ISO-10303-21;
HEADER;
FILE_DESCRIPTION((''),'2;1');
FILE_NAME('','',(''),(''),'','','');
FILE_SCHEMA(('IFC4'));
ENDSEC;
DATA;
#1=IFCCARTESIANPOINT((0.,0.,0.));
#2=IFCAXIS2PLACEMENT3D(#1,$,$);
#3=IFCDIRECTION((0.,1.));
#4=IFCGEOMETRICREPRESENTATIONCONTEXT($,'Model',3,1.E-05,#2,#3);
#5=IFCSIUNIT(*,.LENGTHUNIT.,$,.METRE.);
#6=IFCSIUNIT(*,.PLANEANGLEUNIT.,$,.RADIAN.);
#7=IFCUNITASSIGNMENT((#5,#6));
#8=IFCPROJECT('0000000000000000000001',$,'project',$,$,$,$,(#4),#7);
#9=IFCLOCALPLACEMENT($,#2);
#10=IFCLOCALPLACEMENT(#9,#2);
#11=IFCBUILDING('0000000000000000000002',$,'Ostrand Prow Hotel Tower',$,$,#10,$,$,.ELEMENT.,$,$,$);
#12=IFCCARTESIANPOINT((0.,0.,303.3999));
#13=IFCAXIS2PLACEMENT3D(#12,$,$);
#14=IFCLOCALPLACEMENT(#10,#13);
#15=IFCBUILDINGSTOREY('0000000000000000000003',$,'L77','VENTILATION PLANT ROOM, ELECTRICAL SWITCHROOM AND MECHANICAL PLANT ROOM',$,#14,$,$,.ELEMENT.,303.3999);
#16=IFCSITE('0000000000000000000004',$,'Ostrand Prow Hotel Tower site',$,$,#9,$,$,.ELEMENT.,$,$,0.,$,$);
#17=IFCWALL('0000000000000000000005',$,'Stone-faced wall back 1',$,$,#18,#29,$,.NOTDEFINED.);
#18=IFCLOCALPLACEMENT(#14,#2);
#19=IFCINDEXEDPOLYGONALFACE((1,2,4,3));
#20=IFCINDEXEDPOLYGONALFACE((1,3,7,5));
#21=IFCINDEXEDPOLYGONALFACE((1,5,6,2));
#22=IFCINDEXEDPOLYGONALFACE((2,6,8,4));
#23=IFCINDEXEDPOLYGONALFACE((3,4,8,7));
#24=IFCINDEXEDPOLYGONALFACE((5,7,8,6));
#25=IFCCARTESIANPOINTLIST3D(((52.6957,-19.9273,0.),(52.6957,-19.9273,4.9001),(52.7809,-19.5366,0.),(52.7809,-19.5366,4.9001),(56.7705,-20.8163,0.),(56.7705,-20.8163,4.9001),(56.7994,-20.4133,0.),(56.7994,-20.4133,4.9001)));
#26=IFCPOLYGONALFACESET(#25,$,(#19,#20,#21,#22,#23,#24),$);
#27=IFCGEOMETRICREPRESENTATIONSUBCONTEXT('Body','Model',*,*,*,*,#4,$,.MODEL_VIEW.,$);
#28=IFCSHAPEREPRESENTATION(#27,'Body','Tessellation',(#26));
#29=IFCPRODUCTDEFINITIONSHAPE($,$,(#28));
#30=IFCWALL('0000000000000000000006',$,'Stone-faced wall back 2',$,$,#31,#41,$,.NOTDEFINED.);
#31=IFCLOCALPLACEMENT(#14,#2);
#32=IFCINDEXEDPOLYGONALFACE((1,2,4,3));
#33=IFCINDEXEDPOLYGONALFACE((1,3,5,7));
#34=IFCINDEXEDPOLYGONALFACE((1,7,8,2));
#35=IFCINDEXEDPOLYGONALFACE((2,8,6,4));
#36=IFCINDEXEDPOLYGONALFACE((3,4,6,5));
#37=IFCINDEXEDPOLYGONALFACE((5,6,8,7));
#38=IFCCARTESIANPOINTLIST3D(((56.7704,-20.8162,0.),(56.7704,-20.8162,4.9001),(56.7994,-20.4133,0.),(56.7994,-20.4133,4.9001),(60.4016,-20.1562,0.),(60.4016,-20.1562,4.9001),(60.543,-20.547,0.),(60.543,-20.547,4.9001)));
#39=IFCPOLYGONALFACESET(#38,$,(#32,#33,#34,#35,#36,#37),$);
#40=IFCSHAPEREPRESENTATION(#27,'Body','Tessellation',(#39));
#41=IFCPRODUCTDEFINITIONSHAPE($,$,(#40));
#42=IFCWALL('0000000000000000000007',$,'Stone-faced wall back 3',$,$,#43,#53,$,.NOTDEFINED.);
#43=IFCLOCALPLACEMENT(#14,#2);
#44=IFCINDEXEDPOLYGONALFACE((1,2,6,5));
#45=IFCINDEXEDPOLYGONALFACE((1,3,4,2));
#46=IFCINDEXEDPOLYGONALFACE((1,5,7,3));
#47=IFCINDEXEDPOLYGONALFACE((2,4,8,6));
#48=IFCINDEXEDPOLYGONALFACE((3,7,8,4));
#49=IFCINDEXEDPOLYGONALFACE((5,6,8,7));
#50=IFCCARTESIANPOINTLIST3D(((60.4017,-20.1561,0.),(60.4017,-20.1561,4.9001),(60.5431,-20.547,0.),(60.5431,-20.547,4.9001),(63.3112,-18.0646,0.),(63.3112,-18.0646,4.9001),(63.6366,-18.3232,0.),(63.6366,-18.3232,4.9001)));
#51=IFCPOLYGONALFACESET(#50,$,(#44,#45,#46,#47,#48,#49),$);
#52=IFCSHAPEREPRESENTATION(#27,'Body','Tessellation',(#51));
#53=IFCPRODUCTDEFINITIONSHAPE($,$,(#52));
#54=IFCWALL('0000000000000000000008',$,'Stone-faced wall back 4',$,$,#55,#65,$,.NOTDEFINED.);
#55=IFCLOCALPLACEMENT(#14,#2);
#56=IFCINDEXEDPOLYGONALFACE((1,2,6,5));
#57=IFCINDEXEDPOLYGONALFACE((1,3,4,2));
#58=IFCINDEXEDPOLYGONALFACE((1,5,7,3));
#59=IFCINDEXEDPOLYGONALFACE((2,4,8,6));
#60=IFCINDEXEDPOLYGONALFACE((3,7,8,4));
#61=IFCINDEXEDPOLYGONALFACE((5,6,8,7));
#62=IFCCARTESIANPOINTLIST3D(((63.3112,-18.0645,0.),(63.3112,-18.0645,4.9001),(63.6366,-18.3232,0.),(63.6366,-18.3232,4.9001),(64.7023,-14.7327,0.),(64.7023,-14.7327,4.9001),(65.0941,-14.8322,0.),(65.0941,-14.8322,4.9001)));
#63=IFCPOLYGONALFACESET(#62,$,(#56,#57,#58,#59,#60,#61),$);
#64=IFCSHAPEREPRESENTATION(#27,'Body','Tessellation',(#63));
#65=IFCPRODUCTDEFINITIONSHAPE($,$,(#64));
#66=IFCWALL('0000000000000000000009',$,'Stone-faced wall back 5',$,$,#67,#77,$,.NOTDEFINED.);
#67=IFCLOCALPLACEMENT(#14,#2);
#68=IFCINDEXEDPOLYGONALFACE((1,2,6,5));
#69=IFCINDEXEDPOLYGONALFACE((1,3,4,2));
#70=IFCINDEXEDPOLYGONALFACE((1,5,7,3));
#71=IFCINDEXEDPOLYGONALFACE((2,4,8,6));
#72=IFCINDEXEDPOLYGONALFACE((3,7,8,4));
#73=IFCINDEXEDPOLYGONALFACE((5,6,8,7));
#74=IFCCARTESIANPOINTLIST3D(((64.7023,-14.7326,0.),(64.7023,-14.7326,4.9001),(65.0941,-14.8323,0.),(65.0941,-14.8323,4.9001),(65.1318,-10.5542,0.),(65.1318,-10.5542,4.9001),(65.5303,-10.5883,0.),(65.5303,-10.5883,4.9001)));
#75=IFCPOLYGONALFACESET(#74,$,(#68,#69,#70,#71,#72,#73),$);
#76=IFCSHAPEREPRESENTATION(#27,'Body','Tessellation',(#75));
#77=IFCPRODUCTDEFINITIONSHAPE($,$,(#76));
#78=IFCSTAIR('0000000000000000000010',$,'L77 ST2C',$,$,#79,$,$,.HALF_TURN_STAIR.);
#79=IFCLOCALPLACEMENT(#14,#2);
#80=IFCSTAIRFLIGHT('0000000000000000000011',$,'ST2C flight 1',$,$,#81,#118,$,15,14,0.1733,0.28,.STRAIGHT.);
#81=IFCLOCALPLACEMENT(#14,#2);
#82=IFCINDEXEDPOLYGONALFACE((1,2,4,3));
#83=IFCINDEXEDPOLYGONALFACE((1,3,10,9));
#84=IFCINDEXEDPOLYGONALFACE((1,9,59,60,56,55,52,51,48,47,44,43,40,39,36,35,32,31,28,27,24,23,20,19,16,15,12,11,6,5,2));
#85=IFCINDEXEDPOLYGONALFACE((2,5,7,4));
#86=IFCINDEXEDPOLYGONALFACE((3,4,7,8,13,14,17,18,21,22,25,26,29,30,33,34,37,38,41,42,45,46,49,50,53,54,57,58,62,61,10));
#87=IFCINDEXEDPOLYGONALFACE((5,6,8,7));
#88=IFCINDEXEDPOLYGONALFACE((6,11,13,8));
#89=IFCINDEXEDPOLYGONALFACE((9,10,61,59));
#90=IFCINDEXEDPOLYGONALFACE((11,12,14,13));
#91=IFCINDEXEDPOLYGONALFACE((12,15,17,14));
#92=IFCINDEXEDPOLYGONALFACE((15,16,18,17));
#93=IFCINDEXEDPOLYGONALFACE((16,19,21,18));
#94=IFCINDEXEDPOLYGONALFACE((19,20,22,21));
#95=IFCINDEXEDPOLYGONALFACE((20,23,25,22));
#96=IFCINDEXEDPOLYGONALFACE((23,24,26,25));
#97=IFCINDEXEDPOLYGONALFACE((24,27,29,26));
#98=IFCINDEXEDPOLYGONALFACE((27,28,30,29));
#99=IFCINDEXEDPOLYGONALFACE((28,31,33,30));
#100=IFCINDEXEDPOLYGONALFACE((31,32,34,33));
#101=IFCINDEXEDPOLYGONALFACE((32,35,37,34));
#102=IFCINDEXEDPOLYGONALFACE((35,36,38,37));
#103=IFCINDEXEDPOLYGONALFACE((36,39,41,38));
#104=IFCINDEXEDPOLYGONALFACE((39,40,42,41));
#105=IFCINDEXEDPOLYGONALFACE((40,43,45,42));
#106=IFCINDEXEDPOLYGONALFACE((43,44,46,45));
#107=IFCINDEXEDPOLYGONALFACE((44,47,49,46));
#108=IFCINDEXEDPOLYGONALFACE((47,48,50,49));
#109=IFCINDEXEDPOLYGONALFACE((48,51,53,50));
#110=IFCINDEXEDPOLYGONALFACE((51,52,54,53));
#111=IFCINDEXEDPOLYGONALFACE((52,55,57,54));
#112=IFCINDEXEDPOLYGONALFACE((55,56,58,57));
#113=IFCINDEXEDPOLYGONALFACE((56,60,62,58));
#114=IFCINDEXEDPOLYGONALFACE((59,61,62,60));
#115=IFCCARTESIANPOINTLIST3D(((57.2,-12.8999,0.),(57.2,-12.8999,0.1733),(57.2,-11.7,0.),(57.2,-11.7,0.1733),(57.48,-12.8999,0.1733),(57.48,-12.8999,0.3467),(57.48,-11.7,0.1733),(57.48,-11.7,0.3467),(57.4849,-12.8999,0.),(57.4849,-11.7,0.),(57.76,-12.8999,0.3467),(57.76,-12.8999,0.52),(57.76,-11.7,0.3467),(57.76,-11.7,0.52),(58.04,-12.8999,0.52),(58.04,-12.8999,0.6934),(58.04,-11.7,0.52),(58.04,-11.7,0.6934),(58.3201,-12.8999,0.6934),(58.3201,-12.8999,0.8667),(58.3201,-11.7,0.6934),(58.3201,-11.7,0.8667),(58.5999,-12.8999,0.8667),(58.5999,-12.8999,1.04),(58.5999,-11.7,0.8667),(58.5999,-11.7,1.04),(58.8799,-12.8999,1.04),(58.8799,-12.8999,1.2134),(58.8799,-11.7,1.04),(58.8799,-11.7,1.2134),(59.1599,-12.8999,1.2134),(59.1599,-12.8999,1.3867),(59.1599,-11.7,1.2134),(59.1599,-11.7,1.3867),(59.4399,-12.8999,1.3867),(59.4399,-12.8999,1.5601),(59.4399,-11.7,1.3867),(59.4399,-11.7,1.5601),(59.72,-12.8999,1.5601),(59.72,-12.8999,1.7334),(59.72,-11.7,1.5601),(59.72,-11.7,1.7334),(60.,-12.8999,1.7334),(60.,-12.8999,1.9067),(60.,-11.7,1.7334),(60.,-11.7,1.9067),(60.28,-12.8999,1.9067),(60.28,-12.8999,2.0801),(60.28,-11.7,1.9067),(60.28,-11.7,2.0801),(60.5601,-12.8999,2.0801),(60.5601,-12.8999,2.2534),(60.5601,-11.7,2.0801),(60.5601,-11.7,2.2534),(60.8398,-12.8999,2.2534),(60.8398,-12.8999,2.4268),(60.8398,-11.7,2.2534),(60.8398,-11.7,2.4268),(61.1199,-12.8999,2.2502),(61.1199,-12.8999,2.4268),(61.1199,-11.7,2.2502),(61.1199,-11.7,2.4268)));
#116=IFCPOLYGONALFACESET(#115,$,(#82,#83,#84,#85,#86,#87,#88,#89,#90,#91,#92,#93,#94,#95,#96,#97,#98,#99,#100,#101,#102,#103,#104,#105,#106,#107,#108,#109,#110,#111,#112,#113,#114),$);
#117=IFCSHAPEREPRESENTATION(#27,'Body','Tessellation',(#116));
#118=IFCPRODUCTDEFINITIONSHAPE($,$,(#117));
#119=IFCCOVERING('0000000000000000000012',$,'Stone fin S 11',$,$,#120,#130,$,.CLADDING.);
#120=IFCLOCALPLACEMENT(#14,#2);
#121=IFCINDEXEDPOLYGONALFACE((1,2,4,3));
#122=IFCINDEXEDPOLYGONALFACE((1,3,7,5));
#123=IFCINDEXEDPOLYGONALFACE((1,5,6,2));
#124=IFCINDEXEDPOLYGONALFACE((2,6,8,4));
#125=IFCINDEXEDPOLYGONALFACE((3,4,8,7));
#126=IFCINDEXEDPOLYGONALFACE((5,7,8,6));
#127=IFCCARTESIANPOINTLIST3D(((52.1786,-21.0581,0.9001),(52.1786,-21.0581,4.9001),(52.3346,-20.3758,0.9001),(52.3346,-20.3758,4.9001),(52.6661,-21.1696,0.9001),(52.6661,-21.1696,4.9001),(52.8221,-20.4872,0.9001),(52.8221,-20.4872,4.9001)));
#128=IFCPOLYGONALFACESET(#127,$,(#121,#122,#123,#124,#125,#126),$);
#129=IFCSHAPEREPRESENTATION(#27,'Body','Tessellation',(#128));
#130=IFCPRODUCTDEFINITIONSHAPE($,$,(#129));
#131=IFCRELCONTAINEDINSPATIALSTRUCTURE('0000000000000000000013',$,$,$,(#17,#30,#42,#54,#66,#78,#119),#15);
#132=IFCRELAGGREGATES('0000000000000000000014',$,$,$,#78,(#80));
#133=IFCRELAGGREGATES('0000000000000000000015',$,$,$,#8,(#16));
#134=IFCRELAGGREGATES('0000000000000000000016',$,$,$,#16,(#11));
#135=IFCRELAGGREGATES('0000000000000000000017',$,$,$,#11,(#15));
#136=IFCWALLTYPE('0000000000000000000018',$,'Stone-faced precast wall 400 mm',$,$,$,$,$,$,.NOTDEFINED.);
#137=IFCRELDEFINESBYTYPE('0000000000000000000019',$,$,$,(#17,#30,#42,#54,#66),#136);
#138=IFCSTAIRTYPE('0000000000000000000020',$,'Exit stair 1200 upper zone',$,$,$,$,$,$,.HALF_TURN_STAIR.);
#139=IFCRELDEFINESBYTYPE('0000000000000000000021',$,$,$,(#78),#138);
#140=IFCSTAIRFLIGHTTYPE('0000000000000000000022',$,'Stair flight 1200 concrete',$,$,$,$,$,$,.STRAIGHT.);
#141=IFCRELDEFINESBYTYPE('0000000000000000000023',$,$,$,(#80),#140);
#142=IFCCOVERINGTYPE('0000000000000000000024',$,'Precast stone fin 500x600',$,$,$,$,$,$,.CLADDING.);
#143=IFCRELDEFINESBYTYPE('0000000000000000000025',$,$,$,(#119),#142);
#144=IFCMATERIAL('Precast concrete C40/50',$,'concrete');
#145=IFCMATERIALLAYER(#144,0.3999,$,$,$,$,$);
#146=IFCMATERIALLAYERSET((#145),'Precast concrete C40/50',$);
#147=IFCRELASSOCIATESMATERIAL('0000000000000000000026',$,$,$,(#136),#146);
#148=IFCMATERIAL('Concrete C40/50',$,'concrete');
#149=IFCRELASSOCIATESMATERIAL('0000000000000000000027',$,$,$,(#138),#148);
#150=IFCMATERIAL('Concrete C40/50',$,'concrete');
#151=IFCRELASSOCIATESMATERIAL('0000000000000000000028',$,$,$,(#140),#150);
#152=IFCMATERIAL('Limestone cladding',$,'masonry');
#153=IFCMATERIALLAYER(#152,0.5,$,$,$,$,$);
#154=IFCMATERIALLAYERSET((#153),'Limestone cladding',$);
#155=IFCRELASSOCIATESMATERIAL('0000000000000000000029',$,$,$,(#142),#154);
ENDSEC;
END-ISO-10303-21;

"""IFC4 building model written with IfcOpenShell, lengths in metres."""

from ifc_helpers import new_model, si_unit, direction, frame, frame_2d, origin, place, context, subcontext, project, spatial, polyline, rectangle, outline, extrude, material, layer, layer_set, type_object, element, aggregate, save


model = new_model("IFC4")

# Units and contexts
model_context = context("Model", 3, precision=1e-05, world=origin(), true_north=direction((0.0, 1.0)))
body_context = subcontext(model_context, "Body", "Model", "MODEL_VIEW")
ifc_project = project(units=[si_unit("LENGTHUNIT", "METRE"), si_unit("PLANEANGLEUNIT", "RADIAN")], contexts=[model_context])

# Site, building, storey
site_placement = place(None, origin())
site = spatial("IfcSite", under=ifc_project, at=site_placement, Name="Ostrand Prow Hotel Tower site", CompositionType="ELEMENT", RefElevation=0.0)
building_placement = place(site_placement, origin())
building = spatial("IfcBuilding", under=site, at=building_placement, Name="Ostrand Prow Hotel Tower", CompositionType="ELEMENT")
storey_placement = place(building_placement, frame((0.0, 0.0, 303.3999)))
storey = spatial("IfcBuildingStorey", under=building, at=storey_placement, Name="L77", Description="VENTILATION PLANT ROOM, ELECTRICAL SWITCHROOM AND MECHANICAL PLANT ROOM", CompositionType="ELEMENT", Elevation=303.3999)

# Walls
ifc_material_1 = material(Name="Precast concrete C40/50", Category="concrete")
ifc_layer_1 = layer(ifc_material_1, 0.3999)
ifc_layer_set_1 = layer_set([ifc_layer_1], Name="Precast concrete C40/50")
wall_type_1 = type_object("IfcWallType", Name="Stone-faced precast wall 400 mm", PredefinedType="NOTDEFINED", material=ifc_layer_set_1)
wall_1_placement = place(storey_placement, frame((52.7383, -19.7319, 0.0), z_axis=(0.0, 0.0, 1.0), x_axis=(0.97702, -0.213147, 0.0)))
element("IfcWall", 1, at=wall_1_placement, inside=storey, type_object=wall_type_1, Name="Stone-faced wall back 1", PredefinedType="NOTDEFINED", context=body_context, shape_type="SweptSolid", body=[
    extrude(outline(polyline([(0.0, -0.2), (4.1707, -0.2), (4.113, 0.2), (0.0, 0.2), (0.0, -0.2)])), origin(), (0.0, 0.0, 1.0), 4.9001),
])
wall_2_placement = place(storey_placement, frame((56.7849, -20.6147, 0.0), z_axis=(0.0, 0.0, 1.0), x_axis=(0.997463, 0.071191, 0.0)))
element("IfcWall", 2, at=wall_2_placement, inside=storey, type_object=wall_type_1, Name="Stone-faced wall back 2", PredefinedType="NOTDEFINED", context=body_context, shape_type="SweptSolid", body=[
    extrude(outline(polyline([(-0.0288, -0.2), (3.7534, -0.2), (3.6401, 0.2), (0.0288, 0.2), (-0.0288, -0.2)])), origin(), (0.0, 0.0, 1.0), 4.9001),
])
wall_3_placement = place(storey_placement, frame((60.4724, -20.3516, 0.0), z_axis=(0.0, 0.0, 1.0), x_axis=(0.811963, 0.58371, 0.0)))
element("IfcWall", 3, at=wall_3_placement, inside=storey, type_object=wall_type_1, Name="Stone-faced wall back 3", PredefinedType="NOTDEFINED", context=body_context, shape_type="SweptSolid", body=[
    extrude(outline(polyline([(-0.0566, -0.2), (3.7532, -0.2), (3.6399, 0.2), (0.0566, 0.2), (-0.0566, -0.2)])), origin(), (0.0, 0.0, 1.0), 4.9001),
])
wall_4_placement = place(storey_placement, frame((63.4739, -18.1938, 0.0), z_axis=(0.0, 0.0, 1.0), x_axis=(0.385286, 0.922797, 0.0)))
element("IfcWall", 4, at=wall_4_placement, inside=storey, type_object=wall_type_1, Name="Stone-faced wall back 4", PredefinedType="NOTDEFINED", context=body_context, shape_type="SweptSolid", body=[
    extrude(outline(polyline([(-0.0566, -0.2), (3.7263, -0.2), (3.6672, 0.2), (0.0566, 0.2), (-0.0566, -0.2)])), origin(), (0.0, 0.0, 1.0), 4.9001),
])
wall_5_placement = place(storey_placement, frame((64.8982, -14.7825, 0.0), z_axis=(0.0, 0.0, 1.0), x_axis=(0.10225, 0.994759, 0.0)))
element("IfcWall", 5, at=wall_5_placement, inside=storey, type_object=wall_type_1, Name="Stone-faced wall back 5", PredefinedType="NOTDEFINED", context=body_context, shape_type="SweptSolid", body=[
    extrude(outline(polyline([(-0.0295, -0.2), (4.2368, -0.2), (4.23, 0.2), (0.0295, 0.2), (-0.0295, -0.2)])), origin(), (0.0, 0.0, 1.0), 4.9001),
])

# Stair, stair flight
ifc_material_2 = material(Name="Concrete C40/50", Category="concrete")
stair_type = type_object("IfcStairType", Name="Exit stair 1200 upper zone", PredefinedType="HALF_TURN_STAIR", material=ifc_material_2)
stair_placement = place(storey_placement, origin())
stair = element("IfcStair", 6, at=stair_placement, inside=storey, type_object=stair_type, Name="L77 ST2C", PredefinedType="HALF_TURN_STAIR")
ifc_material_3 = material(Name="Concrete C40/50", Category="concrete")
stair_flight_type = type_object("IfcStairFlightType", Name="Stair flight 1200 concrete", PredefinedType="STRAIGHT", material=ifc_material_3)
stair_flight_placement = place(storey_placement, frame((57.2, -12.3, 0.0), z_axis=(0.0, 0.0, 1.0), x_axis=(1.0, 0.0, 0.0)))
stair_flight = element("IfcStairFlight", 7, at=stair_flight_placement, type_object=stair_flight_type, Name="ST2C flight 1", NumberOfRisers=15, NumberOfTreads=14, PredefinedType="STRAIGHT", RiserHeight=0.1733, TreadLength=0.28, context=body_context, shape_type="SweptSolid", body=[
    extrude(outline(polyline([(0.0, 0.0), (0.0, 0.1733), (0.28, 0.1733), (0.28, 0.3467), (0.5601, 0.3467), (0.5601, 0.52), (0.8401, 0.52), (0.8401, 0.6934), (1.1201, 0.6934), (1.1201, 0.8667), (1.3999, 0.8667), (1.3999, 1.04), (1.6799, 1.04), (1.6799, 1.2134), (1.96, 1.2134), (1.96, 1.3867), (2.24, 1.3867), (2.24, 1.5601), (2.52, 1.5601), (2.52, 1.7334), (2.8, 1.7334), (2.8, 1.9067), (3.0801, 1.9067), (3.0801, 2.0801), (3.3601, 2.0801), (3.3601, 2.2534), (3.6399, 2.2534), (3.6399, 2.4268), (3.9199, 2.4268), (3.9199, 2.6001), (3.9199, 2.2502), (0.2849, 0.0), (0.0, 0.0)])), frame((0.0, 0.6001, 0.0), z_axis=(0.0, -1.0, 0.0), x_axis=(1.0, 0.0, 0.0)), (0.0, 0.0, 1.0), 1.2),
])
aggregate(stair, [stair_flight])

# Covering
ifc_material_4 = material(Name="Limestone cladding", Category="masonry")
ifc_layer_2 = layer(ifc_material_4, 0.5)
ifc_layer_set_2 = layer_set([ifc_layer_2], Name="Limestone cladding")
covering_type_1 = type_object("IfcCoveringType", Name="Precast stone fin 500x600", PredefinedType="CLADDING", material=ifc_layer_set_2)
covering_1_placement = place(storey_placement, frame((52.5784, -20.4314, 0.9001), z_axis=(0.0, 0.0, 1.0), x_axis=(-0.222872, -0.974848, 0.0)))
element("IfcCovering", 8, at=covering_1_placement, inside=storey, type_object=covering_type_1, Name="Stone fin S 11", PredefinedType="CLADDING", context=body_context, shape_type="SweptSolid", body=[
    extrude(rectangle(XDim=0.7, YDim=0.5, at=frame_2d((0.3501, 0.0))), origin(), (0.0, 0.0, 1.0), 4.0),
])

save(model, "model.ifc")
